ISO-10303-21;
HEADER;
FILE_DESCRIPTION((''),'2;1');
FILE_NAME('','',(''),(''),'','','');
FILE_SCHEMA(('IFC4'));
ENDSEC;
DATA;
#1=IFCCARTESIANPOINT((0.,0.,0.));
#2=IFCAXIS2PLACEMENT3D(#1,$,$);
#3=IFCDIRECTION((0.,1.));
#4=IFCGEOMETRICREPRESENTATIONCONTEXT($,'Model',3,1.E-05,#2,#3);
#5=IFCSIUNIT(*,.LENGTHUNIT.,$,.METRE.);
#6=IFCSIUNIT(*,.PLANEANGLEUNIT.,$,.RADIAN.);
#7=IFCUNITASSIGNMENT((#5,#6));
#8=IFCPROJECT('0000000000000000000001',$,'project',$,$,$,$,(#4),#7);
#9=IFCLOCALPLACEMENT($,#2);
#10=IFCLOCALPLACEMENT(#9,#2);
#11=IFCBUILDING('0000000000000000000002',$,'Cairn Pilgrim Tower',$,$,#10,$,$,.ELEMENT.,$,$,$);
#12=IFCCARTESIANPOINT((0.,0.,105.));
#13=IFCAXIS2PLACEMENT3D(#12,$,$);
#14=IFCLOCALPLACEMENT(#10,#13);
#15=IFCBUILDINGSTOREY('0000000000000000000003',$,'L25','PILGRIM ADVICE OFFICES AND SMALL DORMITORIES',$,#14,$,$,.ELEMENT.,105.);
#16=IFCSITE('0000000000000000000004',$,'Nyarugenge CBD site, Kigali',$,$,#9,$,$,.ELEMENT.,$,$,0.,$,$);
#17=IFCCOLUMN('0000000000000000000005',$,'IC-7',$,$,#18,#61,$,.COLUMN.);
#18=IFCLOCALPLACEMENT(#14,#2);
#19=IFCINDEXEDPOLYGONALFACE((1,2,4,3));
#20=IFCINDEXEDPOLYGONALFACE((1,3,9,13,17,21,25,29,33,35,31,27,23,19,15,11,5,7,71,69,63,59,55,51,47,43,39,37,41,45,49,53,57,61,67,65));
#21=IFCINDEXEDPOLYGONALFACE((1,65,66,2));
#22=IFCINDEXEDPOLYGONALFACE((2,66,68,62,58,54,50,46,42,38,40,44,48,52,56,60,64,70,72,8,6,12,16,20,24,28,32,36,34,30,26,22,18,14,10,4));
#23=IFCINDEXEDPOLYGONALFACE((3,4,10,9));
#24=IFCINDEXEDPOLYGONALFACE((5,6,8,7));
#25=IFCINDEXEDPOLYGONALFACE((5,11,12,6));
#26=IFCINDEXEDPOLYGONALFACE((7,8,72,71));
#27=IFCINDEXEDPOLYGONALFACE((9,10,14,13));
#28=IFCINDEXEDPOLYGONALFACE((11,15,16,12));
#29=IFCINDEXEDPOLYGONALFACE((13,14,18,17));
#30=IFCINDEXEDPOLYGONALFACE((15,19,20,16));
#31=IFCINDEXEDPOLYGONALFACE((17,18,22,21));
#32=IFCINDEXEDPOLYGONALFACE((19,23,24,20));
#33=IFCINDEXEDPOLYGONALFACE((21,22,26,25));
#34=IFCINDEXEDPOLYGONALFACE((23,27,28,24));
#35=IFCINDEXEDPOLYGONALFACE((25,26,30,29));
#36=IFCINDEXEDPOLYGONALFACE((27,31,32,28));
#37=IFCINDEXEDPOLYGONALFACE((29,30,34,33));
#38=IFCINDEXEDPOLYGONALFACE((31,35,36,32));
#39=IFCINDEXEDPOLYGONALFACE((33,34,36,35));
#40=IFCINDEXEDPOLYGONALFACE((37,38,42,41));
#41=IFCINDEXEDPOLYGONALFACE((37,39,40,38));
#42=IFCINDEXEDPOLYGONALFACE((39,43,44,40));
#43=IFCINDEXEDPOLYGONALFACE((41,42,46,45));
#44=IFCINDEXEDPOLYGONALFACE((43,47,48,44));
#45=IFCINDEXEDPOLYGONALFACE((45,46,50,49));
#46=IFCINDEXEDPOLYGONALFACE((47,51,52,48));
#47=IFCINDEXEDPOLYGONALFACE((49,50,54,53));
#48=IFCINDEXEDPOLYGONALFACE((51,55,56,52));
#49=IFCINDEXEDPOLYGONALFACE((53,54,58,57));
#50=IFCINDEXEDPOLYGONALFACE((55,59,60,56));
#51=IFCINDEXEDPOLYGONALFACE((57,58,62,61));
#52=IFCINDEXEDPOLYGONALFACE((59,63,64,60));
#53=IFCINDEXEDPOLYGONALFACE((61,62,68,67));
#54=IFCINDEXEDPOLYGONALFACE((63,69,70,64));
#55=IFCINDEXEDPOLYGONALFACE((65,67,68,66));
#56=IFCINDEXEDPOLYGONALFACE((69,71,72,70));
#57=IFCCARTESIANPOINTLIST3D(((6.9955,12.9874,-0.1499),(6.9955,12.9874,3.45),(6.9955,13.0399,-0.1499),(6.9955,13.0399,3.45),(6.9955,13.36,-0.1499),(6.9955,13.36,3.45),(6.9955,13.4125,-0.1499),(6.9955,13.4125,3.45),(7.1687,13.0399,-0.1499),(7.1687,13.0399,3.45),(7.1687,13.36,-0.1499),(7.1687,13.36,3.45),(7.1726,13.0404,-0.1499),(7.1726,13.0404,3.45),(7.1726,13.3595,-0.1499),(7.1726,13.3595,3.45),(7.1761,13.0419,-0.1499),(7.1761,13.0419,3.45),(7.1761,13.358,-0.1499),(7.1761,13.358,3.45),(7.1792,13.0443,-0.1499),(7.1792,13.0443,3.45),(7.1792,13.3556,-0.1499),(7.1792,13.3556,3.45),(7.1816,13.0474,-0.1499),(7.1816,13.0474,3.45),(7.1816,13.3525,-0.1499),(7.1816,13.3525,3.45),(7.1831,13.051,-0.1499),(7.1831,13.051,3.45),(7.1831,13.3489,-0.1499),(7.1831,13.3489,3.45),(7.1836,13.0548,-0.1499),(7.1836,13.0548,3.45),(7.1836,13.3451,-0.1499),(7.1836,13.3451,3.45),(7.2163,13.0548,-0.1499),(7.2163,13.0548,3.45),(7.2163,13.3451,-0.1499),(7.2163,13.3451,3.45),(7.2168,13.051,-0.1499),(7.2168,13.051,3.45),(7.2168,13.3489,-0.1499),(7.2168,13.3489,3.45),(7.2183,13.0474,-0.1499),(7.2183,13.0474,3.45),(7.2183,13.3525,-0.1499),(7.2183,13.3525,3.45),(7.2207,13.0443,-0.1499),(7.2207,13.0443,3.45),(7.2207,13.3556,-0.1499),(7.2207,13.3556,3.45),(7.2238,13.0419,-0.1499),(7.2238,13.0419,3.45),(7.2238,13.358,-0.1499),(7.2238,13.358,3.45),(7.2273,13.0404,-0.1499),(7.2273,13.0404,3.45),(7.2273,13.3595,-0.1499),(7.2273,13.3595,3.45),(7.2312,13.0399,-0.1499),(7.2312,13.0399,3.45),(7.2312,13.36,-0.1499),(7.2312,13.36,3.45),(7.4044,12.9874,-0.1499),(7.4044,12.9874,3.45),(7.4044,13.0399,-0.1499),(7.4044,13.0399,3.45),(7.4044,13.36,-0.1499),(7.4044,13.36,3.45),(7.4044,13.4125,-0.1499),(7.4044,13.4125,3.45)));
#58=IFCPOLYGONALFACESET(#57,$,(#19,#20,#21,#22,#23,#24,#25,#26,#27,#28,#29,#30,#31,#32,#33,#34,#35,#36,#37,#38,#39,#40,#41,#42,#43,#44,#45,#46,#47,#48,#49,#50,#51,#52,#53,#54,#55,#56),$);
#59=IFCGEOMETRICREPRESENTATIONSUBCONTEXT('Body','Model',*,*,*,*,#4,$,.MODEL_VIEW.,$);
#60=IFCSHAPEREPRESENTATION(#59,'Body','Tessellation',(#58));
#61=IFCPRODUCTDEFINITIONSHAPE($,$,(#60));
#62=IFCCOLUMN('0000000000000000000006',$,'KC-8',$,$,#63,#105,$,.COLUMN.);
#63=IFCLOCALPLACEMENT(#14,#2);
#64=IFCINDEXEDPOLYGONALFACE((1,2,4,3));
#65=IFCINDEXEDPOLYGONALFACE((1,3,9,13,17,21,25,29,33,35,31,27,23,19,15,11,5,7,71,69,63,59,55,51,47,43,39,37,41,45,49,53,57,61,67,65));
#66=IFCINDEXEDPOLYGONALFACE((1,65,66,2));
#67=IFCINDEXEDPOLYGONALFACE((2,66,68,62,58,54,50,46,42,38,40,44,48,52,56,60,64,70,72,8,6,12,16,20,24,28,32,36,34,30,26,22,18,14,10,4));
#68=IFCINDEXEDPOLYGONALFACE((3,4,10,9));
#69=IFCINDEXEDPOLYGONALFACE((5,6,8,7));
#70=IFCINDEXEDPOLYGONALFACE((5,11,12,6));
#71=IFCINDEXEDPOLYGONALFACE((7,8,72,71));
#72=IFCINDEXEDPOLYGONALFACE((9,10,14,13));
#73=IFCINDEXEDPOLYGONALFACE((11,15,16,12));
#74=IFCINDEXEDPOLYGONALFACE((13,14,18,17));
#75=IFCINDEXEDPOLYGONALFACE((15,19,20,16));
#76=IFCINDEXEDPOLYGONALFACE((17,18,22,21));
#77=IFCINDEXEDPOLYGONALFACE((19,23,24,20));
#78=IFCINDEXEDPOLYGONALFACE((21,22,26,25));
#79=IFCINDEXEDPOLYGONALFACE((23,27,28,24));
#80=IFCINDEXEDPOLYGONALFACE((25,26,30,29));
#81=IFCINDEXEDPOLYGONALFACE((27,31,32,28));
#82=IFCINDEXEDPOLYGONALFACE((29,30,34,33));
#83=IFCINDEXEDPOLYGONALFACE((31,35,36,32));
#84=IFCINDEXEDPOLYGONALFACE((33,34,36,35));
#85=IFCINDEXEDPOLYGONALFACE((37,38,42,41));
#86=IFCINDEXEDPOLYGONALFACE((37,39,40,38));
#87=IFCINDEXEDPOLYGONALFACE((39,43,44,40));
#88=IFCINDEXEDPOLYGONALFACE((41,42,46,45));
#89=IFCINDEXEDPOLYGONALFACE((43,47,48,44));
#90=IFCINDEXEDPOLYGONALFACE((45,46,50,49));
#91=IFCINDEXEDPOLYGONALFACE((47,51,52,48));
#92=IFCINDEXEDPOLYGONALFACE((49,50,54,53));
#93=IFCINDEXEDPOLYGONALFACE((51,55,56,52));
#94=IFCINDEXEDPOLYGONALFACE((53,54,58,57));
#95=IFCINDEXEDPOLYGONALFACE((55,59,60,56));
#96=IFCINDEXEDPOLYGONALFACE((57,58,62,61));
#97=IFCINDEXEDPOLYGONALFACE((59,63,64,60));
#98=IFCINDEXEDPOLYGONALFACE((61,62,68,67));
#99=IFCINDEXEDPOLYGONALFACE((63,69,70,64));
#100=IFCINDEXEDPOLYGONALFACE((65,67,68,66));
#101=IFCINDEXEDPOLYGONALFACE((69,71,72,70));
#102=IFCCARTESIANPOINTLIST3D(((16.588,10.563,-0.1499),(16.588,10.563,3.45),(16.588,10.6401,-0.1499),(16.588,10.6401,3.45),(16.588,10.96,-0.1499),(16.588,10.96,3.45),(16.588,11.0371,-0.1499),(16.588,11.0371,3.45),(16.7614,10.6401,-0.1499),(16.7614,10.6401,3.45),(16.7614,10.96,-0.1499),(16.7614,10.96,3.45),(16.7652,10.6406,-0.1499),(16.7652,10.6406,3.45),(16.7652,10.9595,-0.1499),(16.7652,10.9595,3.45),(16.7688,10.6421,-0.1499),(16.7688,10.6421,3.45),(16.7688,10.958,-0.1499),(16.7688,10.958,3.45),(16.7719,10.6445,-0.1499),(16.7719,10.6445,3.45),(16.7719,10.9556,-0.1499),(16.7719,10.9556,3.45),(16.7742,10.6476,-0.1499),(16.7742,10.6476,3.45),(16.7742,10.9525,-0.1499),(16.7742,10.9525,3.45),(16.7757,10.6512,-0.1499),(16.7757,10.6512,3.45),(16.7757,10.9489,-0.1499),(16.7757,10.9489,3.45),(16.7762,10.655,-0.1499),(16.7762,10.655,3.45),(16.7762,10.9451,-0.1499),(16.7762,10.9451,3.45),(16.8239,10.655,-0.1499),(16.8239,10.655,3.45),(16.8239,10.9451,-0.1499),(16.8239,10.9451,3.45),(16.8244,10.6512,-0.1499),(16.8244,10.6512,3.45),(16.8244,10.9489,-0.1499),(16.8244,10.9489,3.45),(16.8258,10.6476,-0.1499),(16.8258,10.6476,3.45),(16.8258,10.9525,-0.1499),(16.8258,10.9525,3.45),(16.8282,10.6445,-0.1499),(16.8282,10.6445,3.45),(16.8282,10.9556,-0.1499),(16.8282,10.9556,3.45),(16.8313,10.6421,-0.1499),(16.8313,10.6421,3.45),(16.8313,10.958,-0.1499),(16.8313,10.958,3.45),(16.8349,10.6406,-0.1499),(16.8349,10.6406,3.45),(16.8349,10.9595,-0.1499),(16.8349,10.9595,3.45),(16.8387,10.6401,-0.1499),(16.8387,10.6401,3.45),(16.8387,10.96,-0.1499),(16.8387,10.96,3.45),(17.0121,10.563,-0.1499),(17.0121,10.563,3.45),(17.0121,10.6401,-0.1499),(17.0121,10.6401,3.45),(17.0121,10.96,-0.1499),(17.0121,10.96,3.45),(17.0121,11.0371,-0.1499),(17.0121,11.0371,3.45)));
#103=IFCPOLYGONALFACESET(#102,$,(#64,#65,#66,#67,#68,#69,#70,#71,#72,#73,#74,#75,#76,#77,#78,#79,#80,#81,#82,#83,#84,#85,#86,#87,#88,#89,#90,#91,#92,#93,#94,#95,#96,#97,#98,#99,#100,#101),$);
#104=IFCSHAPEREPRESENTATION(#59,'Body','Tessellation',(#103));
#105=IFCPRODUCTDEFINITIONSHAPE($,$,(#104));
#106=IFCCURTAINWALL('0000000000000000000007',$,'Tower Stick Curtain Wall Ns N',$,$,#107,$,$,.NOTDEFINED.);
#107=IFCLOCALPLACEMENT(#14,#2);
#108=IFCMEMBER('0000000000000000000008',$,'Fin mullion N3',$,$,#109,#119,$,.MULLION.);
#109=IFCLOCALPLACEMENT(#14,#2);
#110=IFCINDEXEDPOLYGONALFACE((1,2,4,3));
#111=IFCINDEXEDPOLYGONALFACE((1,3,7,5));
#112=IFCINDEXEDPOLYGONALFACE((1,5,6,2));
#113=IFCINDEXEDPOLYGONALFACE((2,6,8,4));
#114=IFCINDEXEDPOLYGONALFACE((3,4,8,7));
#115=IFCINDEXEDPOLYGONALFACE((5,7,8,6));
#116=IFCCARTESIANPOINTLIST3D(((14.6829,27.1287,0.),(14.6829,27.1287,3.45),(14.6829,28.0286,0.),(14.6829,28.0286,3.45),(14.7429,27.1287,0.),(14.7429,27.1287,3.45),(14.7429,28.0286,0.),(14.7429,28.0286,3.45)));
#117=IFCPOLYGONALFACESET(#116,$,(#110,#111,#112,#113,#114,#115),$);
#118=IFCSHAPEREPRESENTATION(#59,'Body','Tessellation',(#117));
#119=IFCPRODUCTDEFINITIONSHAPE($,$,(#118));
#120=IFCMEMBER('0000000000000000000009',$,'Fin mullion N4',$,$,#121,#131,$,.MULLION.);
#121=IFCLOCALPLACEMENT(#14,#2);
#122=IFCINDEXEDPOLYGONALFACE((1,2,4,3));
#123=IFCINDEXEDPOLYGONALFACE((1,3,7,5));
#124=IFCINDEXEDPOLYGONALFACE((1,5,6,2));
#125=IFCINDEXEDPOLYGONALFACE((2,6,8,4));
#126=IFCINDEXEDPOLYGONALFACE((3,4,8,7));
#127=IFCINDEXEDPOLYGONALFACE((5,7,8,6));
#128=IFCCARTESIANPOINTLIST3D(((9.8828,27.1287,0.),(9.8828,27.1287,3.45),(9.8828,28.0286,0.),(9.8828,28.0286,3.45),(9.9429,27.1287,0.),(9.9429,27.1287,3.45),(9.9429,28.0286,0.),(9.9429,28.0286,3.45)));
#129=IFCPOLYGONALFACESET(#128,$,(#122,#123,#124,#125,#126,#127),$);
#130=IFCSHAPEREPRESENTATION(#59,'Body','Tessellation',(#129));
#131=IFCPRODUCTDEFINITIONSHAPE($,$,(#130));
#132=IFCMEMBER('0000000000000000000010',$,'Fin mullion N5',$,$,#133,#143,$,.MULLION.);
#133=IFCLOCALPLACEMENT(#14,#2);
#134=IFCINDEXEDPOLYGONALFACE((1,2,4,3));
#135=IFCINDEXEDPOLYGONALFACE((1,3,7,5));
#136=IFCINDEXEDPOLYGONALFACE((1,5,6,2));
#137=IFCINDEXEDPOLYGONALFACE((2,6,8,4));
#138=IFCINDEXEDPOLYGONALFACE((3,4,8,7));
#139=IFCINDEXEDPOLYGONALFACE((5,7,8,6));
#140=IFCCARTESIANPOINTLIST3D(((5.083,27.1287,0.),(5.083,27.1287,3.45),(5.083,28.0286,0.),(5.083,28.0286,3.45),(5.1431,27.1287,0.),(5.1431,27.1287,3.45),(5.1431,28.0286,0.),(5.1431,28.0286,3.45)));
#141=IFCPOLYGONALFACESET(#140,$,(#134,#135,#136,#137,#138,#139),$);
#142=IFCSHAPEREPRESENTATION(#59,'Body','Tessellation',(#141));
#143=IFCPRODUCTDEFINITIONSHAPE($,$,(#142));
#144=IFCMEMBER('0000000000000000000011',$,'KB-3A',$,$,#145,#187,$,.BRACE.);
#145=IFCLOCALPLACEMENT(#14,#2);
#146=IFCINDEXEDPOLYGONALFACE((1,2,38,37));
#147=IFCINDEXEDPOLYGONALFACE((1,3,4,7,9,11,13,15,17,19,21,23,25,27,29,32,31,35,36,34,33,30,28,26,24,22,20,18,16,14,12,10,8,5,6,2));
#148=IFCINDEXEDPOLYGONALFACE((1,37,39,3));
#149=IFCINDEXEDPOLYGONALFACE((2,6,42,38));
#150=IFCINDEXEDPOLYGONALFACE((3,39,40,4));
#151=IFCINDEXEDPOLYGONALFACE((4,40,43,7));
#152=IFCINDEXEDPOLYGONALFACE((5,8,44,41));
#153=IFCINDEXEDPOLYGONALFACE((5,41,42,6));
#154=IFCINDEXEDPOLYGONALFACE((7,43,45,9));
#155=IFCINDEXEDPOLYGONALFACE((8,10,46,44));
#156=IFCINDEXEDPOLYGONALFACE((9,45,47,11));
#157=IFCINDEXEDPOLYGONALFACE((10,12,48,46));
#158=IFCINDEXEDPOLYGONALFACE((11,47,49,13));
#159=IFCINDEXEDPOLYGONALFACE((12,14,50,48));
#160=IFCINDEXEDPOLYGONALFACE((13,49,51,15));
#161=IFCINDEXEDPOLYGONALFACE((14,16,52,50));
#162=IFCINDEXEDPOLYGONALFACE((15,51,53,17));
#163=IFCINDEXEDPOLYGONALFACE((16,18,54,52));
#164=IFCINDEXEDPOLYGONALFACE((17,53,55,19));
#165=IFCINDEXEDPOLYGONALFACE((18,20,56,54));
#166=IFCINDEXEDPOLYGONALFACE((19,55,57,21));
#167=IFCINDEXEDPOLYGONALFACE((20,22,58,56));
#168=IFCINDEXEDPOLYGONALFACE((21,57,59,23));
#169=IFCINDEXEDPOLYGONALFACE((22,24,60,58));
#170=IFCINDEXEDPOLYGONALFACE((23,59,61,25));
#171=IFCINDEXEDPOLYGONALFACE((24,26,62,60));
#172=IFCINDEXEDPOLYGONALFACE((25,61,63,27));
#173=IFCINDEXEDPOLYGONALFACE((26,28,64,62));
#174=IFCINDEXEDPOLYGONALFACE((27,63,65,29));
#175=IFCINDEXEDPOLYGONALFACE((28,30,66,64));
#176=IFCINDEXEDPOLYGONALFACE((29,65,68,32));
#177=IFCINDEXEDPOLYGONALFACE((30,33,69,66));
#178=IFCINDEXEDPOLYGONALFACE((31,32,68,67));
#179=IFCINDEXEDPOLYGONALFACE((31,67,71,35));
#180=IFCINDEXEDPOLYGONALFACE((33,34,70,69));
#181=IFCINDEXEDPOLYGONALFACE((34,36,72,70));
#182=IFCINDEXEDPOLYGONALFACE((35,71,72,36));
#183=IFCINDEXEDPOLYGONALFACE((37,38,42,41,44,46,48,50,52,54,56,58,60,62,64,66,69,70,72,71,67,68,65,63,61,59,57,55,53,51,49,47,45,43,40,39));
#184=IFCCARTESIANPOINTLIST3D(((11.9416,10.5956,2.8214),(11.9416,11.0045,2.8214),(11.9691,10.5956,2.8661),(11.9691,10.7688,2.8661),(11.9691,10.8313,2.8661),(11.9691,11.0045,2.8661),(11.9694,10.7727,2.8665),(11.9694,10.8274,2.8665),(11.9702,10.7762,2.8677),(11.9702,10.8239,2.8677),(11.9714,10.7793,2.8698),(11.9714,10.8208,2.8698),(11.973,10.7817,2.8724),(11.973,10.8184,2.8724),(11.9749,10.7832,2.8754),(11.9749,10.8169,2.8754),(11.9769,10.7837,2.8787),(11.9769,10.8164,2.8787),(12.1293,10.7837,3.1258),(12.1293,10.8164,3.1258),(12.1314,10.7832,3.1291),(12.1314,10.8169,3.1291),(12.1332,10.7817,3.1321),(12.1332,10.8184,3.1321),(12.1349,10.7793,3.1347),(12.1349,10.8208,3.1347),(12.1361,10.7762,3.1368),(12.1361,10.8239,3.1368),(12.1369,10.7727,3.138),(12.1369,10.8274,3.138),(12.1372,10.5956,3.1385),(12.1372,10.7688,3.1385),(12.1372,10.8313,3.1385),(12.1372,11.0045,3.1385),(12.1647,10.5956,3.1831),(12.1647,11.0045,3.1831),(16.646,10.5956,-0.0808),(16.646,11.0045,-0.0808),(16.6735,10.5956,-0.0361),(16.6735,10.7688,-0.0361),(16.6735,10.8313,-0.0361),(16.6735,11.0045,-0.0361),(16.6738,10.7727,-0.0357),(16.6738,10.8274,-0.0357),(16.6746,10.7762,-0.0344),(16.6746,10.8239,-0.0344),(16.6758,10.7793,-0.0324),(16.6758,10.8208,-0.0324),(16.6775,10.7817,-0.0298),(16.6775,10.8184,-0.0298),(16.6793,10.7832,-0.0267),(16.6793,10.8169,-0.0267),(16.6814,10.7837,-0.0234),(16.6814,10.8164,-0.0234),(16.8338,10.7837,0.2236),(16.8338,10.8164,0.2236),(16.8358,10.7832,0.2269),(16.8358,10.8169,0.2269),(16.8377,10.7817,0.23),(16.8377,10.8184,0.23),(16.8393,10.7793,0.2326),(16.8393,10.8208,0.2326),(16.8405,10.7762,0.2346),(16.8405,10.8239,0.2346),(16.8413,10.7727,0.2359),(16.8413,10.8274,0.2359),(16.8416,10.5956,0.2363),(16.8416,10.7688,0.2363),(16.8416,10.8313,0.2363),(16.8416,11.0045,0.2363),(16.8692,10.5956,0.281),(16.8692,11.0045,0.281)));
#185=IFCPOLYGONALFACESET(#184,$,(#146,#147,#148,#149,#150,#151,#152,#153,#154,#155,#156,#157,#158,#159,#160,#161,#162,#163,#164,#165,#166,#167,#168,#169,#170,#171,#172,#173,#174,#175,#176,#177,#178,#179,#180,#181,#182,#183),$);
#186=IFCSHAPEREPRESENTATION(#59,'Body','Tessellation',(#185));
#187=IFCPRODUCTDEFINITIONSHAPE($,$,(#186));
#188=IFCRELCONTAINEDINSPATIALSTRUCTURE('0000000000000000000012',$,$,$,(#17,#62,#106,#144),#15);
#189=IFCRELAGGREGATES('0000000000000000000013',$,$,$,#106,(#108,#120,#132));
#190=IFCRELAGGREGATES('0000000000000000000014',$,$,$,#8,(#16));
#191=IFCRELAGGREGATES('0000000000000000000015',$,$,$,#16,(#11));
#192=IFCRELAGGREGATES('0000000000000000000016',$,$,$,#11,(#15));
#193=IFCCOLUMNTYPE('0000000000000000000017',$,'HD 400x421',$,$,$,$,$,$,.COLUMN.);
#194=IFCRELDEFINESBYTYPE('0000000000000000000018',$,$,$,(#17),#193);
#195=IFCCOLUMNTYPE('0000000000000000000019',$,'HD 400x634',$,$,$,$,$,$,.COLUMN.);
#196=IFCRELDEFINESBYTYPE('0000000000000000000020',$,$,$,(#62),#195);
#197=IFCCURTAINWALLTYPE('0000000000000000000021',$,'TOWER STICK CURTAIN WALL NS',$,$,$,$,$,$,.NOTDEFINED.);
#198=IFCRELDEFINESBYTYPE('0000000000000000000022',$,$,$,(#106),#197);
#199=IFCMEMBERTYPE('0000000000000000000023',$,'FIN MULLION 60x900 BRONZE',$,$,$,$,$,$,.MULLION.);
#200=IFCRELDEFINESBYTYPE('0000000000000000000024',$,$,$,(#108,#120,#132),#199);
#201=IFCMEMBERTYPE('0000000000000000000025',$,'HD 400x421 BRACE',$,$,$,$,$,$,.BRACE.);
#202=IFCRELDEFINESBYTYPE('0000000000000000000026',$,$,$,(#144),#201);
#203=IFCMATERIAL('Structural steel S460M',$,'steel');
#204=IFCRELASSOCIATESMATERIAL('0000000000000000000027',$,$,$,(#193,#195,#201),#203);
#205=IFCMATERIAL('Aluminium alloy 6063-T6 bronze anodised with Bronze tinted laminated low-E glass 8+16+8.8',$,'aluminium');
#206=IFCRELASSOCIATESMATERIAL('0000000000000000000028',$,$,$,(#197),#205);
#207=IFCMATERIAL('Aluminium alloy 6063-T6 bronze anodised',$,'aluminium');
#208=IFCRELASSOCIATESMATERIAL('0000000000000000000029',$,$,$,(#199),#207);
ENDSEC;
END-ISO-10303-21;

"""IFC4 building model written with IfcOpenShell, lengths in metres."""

from ifc_helpers import new_model, si_unit, direction, frame, origin, origin_2d, place, context, subcontext, project, spatial, rectangle, i_section, extrude, material, material_profile, profile_set, type_object, element, aggregate, save


model = new_model("IFC4")

# Units and contexts
model_context = context("Model", 3, precision=1e-05, world=origin(), true_north=direction((0.0, 1.0)))
body_context = subcontext(model_context, "Body", "Model", "MODEL_VIEW")
ifc_project = project(units=[si_unit("LENGTHUNIT", "METRE"), si_unit("PLANEANGLEUNIT", "RADIAN")], contexts=[model_context])

# Site, building, storey
site_placement = place(None, origin())
site = spatial("IfcSite", under=ifc_project, at=site_placement, Name="Nyarugenge CBD site, Kigali", CompositionType="ELEMENT", RefElevation=0.0)
building_placement = place(site_placement, origin())
building = spatial("IfcBuilding", under=site, at=building_placement, Name="Cairn Pilgrim Tower", CompositionType="ELEMENT")
storey_placement = place(building_placement, frame((0.0, 0.0, 105.0)))
storey = spatial("IfcBuildingStorey", under=building, at=storey_placement, Name="L25", Description="PILGRIM ADVICE OFFICES AND SMALL DORMITORIES", CompositionType="ELEMENT", Elevation=105.0)

# Columns
ifc_material_1 = material(Name="Structural steel S460M", Category="steel")
ifc_material_profile_1 = material_profile(ifc_material_1, i_section(OverallWidth=0.4089, OverallDepth=0.425, WebThickness=0.0327, FlangeThickness=0.0525, FilletRadius=0.0149, at=origin_2d()), Name="HD 400x421")
ifc_profile_set_1 = profile_set([ifc_material_profile_1], Name="Structural steel S460M")
column_type_1 = type_object("IfcColumnType", Name="HD 400x421", PredefinedType="COLUMN", material=ifc_profile_set_1)
column_1_placement = place(storey_placement, frame((7.2, 13.2, -0.1499), z_axis=(0.0, 0.0, 1.0), x_axis=(1.0, 0.0, 0.0)))
element("IfcColumn", 1, at=column_1_placement, inside=storey, type_object=column_type_1, Name="IC-7", PredefinedType="COLUMN", context=body_context, shape_type="SweptSolid", body=[
    extrude(i_section(OverallWidth=0.4089, OverallDepth=0.425, WebThickness=0.0327, FlangeThickness=0.0525, FilletRadius=0.0149, at=origin_2d()), origin(), (0.0, 0.0, 1.0), 3.5999),
])
ifc_material_profile_2 = material_profile(ifc_material_1, i_section(OverallWidth=0.4241, OverallDepth=0.4741, WebThickness=0.0476, FlangeThickness=0.0771, FilletRadius=0.0149, at=origin_2d()), Name="HD 400x634")
ifc_profile_set_2 = profile_set([ifc_material_profile_2], Name="Structural steel S460M")
column_type_2 = type_object("IfcColumnType", Name="HD 400x634", PredefinedType="COLUMN", material=ifc_profile_set_2)
column_2_placement = place(storey_placement, frame((16.8, 10.8, -0.1499), z_axis=(0.0, 0.0, 1.0), x_axis=(1.0, 0.0, 0.0)))
element("IfcColumn", 2, at=column_2_placement, inside=storey, type_object=column_type_2, Name="KC-8", PredefinedType="COLUMN", context=body_context, shape_type="SweptSolid", body=[
    extrude(i_section(OverallWidth=0.4241, OverallDepth=0.4741, WebThickness=0.0476, FlangeThickness=0.0771, FilletRadius=0.0149, at=origin_2d()), origin(), (0.0, 0.0, 1.0), 3.5999),
])

# Curtain wall, members
ifc_material_2 = material(Name="Aluminium alloy 6063-T6 bronze anodised with Bronze tinted laminated low-E glass 8+16+8.8", Category="aluminium")
curtain_wall_type = type_object("IfcCurtainWallType", Name="TOWER STICK CURTAIN WALL NS", PredefinedType="NOTDEFINED", material=ifc_material_2)
curtain_wall_placement = place(storey_placement, origin())
curtain_wall = element("IfcCurtainWall", 3, at=curtain_wall_placement, inside=storey, type_object=curtain_wall_type, Name="Tower Stick Curtain Wall Ns N", PredefinedType="NOTDEFINED")
ifc_material_3 = material(Name="Aluminium alloy 6063-T6 bronze anodised", Category="aluminium")
ifc_material_profile_3 = material_profile(ifc_material_3, rectangle(XDim=0.8999, YDim=0.0601, at=origin_2d()), Name="FIN MULLION 60x900 BRONZE")
ifc_profile_set_3 = profile_set([ifc_material_profile_3], Name="Aluminium alloy 6063-T6 bronze anodised")
member_type_1 = type_object("IfcMemberType", Name="FIN MULLION 60x900 BRONZE", PredefinedType="MULLION", material=ifc_profile_set_3)
member_1_placement = place(storey_placement, frame((14.7129, 27.5786, 0.0), z_axis=(0.0, 0.0, 1.0), x_axis=(0.0, 1.0, 0.0)))
member_1 = element("IfcMember", 4, at=member_1_placement, type_object=member_type_1, Name="Fin mullion N3", PredefinedType="MULLION", context=body_context, shape_type="SweptSolid", body=[
    extrude(rectangle(XDim=0.8999, YDim=0.0601, at=origin_2d()), origin(), (0.0, 0.0, 1.0), 3.45),
])
member_2_placement = place(storey_placement, frame((9.9128, 27.5786, 0.0), z_axis=(0.0, 0.0, 1.0), x_axis=(0.0, 1.0, 0.0)))
member_2 = element("IfcMember", 5, at=member_2_placement, type_object=member_type_1, Name="Fin mullion N4", PredefinedType="MULLION", context=body_context, shape_type="SweptSolid", body=[
    extrude(rectangle(XDim=0.8999, YDim=0.0601, at=origin_2d()), origin(), (0.0, 0.0, 1.0), 3.45),
])
member_3_placement = place(storey_placement, frame((5.113, 27.5786, 0.0), z_axis=(0.0, 0.0, 1.0), x_axis=(0.0, 1.0, 0.0)))
member_3 = element("IfcMember", 6, at=member_3_placement, type_object=member_type_1, Name="Fin mullion N5", PredefinedType="MULLION", context=body_context, shape_type="SweptSolid", body=[
    extrude(rectangle(XDim=0.8999, YDim=0.0601, at=origin_2d()), origin(), (0.0, 0.0, 1.0), 3.45),
])

# Member
ifc_material_profile_4 = material_profile(ifc_material_1, i_section(OverallWidth=0.4089, OverallDepth=0.425, WebThickness=0.0327, FlangeThickness=0.0525, FilletRadius=0.0149, at=origin_2d()), Name="HD 400x421")
ifc_profile_set_4 = profile_set([ifc_material_profile_4], Name="Structural steel S460M")
member_type_2 = type_object("IfcMemberType", Name="HD 400x421 BRACE", PredefinedType="BRACE", material=ifc_profile_set_4)
member_4_placement = place(storey_placement, frame((16.7576, 10.8, 0.1001), z_axis=(-0.851083, 0.0, 0.525031), x_axis=(0.0, -1.0, 0.0)))
element("IfcMember", 7, at=member_4_placement, inside=storey, type_object=member_type_2, Name="KB-3A", PredefinedType="BRACE", context=body_context, shape_type="SweptSolid", body=[
    extrude(i_section(OverallWidth=0.4089, OverallDepth=0.425, WebThickness=0.0327, FlangeThickness=0.0525, FilletRadius=0.0149, at=origin_2d()), origin(), (0.0, 0.0, 1.0), 5.5276),
])

aggregate(curtain_wall, [member_1, member_2, member_3])

save(model, "model.ifc")
